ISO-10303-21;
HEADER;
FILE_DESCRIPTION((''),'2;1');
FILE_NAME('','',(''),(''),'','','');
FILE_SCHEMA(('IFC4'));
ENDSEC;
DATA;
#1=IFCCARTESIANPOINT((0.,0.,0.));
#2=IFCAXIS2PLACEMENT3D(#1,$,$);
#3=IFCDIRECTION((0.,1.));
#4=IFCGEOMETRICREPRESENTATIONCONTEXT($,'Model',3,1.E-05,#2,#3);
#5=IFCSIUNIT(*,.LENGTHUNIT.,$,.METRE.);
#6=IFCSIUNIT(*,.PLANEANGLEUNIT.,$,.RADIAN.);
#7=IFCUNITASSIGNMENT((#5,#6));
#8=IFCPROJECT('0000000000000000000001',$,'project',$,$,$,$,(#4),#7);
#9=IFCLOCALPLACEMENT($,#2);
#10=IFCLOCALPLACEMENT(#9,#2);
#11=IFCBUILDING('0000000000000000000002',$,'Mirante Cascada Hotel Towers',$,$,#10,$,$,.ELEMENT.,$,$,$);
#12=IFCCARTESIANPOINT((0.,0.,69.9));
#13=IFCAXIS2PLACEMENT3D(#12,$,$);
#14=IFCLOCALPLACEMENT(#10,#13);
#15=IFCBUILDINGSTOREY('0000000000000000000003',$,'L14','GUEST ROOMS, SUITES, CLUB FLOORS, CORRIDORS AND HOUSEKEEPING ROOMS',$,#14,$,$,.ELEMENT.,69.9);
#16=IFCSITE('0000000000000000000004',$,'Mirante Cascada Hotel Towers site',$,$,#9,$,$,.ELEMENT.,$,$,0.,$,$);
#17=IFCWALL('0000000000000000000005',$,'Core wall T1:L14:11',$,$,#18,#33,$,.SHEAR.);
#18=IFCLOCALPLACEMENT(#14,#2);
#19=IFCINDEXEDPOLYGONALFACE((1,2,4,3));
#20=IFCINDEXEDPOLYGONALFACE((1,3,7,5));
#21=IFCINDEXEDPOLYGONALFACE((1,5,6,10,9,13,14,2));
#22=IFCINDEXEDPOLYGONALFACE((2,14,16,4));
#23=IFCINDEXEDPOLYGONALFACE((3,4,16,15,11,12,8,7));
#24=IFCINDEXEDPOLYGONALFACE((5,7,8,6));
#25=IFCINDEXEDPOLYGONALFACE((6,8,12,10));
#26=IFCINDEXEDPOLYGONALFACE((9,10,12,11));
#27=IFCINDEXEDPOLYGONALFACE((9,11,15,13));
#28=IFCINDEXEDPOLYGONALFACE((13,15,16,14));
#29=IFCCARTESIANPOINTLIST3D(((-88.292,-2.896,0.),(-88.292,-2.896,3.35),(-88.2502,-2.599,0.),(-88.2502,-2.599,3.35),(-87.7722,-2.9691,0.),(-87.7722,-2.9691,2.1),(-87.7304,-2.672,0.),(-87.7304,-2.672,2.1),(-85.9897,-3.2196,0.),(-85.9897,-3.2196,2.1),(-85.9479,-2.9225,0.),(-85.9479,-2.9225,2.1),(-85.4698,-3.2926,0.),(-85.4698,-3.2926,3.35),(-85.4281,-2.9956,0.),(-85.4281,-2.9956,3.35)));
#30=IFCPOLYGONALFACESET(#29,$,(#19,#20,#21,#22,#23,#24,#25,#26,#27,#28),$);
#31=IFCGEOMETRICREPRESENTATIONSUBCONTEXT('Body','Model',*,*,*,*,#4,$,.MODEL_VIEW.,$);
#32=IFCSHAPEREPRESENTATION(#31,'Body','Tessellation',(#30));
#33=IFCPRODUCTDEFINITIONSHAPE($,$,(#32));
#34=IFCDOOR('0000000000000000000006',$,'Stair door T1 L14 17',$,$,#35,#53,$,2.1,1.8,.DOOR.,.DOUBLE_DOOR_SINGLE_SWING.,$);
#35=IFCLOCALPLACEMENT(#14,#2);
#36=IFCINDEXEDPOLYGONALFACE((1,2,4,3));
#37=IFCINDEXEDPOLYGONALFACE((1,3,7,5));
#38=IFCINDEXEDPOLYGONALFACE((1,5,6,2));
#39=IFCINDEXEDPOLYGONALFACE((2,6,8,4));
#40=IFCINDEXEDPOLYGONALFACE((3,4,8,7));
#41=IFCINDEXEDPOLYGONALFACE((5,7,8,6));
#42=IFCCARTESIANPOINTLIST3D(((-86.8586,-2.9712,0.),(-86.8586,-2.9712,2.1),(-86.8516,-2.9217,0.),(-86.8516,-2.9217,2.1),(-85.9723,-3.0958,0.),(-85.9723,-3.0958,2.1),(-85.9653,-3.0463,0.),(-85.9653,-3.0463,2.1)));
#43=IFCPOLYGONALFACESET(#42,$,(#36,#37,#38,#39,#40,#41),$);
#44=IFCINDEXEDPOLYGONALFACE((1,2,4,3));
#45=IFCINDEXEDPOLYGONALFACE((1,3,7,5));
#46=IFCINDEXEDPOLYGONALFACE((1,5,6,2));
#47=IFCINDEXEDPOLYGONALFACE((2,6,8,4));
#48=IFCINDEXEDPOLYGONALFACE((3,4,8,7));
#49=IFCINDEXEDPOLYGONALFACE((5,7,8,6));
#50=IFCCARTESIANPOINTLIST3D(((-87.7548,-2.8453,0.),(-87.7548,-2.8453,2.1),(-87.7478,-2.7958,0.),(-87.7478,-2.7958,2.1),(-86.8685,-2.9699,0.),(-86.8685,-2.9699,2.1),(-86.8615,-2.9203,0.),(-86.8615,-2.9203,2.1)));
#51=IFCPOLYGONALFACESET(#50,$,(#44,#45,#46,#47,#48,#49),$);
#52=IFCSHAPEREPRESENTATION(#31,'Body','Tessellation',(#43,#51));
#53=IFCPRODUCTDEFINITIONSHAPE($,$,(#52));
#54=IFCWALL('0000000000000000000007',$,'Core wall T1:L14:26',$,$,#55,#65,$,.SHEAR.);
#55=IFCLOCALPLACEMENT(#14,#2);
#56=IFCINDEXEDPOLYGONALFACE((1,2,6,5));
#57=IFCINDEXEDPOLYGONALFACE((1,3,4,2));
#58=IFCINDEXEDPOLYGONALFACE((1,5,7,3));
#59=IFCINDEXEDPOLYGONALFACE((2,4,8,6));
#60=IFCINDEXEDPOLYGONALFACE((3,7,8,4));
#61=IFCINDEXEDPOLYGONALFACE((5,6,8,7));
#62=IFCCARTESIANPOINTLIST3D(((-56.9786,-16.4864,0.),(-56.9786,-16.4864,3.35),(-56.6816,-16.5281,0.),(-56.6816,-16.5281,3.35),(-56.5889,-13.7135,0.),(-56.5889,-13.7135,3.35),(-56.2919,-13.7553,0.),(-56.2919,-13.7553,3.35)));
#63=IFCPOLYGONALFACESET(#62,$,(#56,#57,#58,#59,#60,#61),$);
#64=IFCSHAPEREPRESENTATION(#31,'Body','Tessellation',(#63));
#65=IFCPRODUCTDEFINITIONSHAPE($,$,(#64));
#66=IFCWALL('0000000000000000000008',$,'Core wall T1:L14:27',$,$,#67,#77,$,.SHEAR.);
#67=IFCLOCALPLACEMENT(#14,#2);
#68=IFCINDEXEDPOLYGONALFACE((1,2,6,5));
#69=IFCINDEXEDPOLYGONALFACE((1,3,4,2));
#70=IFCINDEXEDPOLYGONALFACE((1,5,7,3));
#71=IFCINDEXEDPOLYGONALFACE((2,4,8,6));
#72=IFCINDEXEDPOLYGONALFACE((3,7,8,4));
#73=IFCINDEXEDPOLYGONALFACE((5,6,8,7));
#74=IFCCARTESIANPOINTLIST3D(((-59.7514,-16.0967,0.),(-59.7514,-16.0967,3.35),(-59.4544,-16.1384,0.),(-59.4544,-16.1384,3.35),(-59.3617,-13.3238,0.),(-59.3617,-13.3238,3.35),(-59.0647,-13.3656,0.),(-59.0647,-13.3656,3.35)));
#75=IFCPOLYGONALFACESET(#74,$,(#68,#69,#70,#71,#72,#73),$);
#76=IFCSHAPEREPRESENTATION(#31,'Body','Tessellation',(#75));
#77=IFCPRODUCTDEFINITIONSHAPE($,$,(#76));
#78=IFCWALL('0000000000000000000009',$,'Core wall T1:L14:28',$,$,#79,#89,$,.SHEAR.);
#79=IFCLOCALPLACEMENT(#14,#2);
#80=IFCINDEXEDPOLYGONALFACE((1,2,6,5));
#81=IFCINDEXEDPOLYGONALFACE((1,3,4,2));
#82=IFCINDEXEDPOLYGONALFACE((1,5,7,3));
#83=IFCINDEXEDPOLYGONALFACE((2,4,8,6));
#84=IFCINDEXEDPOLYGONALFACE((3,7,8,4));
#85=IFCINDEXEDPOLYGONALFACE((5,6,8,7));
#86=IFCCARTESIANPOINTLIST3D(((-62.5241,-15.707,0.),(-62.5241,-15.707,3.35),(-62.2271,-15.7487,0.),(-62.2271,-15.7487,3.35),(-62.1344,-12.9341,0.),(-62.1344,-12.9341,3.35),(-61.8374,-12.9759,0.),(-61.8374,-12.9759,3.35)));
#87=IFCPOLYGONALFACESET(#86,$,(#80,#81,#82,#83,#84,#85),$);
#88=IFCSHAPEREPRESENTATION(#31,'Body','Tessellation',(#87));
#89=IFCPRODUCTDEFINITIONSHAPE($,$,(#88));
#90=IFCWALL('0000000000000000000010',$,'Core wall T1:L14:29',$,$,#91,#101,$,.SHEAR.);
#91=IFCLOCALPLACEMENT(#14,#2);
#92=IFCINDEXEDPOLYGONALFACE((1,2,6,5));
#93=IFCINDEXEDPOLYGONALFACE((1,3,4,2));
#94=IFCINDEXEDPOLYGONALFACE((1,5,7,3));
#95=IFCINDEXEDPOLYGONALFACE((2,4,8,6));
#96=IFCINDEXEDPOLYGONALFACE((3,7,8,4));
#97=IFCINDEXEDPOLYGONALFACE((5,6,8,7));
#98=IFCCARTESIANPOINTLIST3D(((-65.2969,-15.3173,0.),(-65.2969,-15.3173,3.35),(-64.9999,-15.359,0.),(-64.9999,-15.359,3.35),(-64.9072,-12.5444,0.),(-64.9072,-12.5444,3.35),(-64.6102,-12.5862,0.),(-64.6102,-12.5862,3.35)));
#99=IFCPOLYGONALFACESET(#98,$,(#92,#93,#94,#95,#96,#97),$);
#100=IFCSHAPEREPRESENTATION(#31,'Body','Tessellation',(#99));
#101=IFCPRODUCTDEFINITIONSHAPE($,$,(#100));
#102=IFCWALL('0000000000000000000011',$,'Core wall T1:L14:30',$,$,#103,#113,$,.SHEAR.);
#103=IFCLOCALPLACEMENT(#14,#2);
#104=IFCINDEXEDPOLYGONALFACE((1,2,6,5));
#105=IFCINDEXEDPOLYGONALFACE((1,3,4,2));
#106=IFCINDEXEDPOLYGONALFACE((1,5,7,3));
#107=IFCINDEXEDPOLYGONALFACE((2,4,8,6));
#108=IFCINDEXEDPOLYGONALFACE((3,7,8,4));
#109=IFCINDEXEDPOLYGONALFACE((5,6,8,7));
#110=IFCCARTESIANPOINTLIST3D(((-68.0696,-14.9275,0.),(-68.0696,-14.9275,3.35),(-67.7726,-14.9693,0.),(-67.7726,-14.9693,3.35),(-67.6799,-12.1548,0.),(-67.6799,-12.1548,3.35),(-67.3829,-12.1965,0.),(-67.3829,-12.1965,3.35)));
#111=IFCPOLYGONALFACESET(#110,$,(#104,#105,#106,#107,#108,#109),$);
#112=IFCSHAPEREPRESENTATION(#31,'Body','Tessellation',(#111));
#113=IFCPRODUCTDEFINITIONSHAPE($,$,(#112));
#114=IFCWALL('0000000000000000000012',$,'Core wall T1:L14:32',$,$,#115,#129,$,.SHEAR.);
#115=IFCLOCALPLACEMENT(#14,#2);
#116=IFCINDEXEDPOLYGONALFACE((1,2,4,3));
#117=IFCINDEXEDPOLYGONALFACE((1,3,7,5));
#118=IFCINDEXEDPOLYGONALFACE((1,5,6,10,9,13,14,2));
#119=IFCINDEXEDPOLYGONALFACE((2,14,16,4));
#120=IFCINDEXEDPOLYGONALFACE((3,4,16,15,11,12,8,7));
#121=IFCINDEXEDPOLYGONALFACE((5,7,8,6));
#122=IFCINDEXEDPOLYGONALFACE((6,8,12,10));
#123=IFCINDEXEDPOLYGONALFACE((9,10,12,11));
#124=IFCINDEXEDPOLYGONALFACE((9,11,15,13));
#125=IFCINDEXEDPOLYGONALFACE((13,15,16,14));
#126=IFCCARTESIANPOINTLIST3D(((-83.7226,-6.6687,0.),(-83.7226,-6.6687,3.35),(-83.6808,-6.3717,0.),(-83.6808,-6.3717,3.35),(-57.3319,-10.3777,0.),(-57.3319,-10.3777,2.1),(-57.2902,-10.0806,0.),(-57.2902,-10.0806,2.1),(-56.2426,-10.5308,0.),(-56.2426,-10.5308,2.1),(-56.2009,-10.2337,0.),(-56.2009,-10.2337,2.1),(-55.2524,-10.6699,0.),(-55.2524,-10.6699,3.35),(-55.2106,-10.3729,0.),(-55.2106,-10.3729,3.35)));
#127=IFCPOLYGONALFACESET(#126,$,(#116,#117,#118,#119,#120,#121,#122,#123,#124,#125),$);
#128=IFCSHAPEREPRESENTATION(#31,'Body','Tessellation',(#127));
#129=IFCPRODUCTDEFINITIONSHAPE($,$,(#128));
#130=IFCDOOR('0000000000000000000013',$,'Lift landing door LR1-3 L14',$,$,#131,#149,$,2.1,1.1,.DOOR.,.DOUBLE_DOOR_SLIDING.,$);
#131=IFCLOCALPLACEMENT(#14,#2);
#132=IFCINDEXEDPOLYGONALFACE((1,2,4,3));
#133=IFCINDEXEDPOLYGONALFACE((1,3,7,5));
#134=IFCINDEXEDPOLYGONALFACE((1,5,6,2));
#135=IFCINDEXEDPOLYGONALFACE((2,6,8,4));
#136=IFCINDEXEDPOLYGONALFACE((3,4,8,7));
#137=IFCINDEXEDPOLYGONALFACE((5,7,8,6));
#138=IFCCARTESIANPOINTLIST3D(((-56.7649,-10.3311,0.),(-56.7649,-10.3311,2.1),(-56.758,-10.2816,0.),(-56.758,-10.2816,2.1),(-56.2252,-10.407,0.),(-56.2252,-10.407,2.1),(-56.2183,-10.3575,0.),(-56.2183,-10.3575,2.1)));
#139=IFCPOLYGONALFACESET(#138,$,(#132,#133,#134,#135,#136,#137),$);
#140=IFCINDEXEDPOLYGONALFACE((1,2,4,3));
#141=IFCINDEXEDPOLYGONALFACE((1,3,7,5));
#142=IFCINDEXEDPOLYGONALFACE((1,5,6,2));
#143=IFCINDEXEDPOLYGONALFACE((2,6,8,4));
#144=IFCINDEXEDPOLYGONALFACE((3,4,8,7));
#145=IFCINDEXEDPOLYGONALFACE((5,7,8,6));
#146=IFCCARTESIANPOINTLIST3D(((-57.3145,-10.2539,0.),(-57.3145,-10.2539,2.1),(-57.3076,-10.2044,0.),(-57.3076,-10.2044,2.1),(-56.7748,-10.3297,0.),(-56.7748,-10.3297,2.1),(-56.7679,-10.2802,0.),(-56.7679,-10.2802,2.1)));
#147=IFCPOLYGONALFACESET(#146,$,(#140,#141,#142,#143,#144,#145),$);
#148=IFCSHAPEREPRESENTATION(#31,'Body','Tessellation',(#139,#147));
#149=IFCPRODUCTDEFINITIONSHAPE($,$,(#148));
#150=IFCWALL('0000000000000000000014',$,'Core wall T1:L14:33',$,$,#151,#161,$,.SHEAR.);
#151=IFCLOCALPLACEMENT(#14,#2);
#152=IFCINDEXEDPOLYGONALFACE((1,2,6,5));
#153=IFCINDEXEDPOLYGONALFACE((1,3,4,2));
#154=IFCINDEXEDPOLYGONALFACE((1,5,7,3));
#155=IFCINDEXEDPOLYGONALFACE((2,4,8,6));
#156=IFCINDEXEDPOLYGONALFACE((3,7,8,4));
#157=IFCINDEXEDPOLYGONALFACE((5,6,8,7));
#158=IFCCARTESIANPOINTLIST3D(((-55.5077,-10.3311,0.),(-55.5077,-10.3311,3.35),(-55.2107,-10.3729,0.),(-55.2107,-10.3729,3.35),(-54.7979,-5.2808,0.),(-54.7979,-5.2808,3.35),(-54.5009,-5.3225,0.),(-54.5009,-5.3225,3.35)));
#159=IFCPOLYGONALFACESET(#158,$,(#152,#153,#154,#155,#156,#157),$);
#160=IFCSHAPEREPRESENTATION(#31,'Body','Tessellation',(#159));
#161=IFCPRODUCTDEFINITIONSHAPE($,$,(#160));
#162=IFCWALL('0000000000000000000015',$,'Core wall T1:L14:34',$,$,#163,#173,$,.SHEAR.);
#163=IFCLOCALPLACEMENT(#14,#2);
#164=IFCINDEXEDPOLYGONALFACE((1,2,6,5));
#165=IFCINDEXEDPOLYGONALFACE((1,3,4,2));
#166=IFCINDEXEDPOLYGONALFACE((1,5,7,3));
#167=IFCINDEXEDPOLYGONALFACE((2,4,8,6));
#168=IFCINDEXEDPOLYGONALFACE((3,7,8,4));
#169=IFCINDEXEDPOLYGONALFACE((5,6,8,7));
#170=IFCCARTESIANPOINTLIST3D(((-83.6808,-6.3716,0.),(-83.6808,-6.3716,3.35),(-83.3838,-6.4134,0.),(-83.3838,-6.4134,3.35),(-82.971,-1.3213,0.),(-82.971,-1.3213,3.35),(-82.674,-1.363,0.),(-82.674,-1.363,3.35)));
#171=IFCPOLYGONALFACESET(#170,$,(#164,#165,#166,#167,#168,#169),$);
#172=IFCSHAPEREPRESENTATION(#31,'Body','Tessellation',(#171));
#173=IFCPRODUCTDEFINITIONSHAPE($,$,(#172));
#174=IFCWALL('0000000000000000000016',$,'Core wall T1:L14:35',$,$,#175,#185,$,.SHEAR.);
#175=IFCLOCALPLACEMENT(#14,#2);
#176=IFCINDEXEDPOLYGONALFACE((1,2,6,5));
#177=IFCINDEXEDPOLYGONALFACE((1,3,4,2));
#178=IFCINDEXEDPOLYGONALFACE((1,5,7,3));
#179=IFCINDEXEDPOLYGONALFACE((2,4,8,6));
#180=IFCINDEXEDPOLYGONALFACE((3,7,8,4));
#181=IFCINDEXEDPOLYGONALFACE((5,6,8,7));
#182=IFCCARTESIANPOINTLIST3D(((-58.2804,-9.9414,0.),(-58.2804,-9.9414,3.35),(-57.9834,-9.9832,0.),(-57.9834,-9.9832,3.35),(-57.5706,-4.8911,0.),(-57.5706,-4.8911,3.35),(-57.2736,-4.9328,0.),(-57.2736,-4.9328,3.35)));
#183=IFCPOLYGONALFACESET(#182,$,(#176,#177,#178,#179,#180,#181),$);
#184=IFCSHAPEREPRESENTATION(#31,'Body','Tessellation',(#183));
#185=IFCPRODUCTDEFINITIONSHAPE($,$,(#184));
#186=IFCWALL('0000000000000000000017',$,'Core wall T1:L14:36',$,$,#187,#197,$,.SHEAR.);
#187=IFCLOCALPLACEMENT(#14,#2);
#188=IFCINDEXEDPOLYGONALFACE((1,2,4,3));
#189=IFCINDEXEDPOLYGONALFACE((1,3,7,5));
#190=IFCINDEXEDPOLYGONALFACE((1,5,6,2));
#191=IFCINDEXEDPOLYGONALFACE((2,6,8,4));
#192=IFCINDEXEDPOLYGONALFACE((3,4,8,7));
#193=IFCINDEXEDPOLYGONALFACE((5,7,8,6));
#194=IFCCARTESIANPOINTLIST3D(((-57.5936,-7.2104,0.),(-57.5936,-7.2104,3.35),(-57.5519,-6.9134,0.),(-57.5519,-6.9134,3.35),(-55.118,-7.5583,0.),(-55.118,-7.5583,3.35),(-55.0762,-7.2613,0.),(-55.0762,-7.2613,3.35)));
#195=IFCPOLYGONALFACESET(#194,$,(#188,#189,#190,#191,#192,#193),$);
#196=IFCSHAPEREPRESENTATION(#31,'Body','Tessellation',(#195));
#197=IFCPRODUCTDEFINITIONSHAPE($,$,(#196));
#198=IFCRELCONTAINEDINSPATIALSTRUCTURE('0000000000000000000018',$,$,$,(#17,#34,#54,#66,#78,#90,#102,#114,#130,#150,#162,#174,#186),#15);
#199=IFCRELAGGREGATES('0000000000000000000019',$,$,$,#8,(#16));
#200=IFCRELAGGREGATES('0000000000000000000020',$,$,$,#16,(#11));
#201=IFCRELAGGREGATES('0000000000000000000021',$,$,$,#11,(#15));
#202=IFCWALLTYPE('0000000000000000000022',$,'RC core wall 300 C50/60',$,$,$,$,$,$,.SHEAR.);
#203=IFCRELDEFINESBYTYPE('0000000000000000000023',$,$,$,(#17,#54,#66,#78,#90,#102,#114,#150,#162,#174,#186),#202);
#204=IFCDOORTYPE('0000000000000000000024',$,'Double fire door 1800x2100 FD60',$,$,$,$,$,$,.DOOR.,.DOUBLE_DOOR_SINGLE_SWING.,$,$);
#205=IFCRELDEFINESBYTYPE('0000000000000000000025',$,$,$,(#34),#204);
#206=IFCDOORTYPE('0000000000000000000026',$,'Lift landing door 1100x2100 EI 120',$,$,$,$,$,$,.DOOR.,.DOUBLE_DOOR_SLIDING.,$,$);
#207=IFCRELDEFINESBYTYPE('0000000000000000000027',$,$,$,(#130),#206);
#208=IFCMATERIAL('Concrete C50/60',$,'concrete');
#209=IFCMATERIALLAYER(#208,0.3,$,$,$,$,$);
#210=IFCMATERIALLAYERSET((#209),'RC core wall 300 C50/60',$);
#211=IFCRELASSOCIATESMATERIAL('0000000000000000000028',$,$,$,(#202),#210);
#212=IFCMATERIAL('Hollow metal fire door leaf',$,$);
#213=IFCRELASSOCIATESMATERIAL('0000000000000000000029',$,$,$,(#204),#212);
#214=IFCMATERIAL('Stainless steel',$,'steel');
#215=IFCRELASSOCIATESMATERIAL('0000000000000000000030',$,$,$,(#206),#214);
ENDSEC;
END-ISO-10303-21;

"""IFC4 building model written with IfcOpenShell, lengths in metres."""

from ifc_helpers import new_model, si_unit, direction, frame, frame_2d, origin, place, context, subcontext, project, spatial, rectangle, extrude, material, layer, layer_set, type_object, element, fill, save


model = new_model("IFC4")

# Units and contexts
model_context = context("Model", 3, precision=1e-05, world=origin(), true_north=direction((0.0, 1.0)))
body_context = subcontext(model_context, "Body", "Model", "MODEL_VIEW")
ifc_project = project(units=[si_unit("LENGTHUNIT", "METRE"), si_unit("PLANEANGLEUNIT", "RADIAN")], contexts=[model_context])

# Site, building, storey
site_placement = place(None, origin())
site = spatial("IfcSite", under=ifc_project, at=site_placement, Name="Mirante Cascada Hotel Towers site", CompositionType="ELEMENT", RefElevation=0.0)
building_placement = place(site_placement, origin())
building = spatial("IfcBuilding", under=site, at=building_placement, Name="Mirante Cascada Hotel Towers", CompositionType="ELEMENT")
storey_placement = place(building_placement, frame((0.0, 0.0, 69.9)))
storey = spatial("IfcBuildingStorey", under=building, at=storey_placement, Name="L14", Description="GUEST ROOMS, SUITES, CLUB FLOORS, CORRIDORS AND HOUSEKEEPING ROOMS", CompositionType="ELEMENT", Elevation=69.9)

# Wall, opening, door
ifc_material_1 = material(Name="Concrete C50/60", Category="concrete")
ifc_layer_1 = layer(ifc_material_1, 0.3)
ifc_layer_set_1 = layer_set([ifc_layer_1], Name="RC core wall 300 C50/60")
wall_type_1 = type_object("IfcWallType", Name="RC core wall 300 C50/60", PredefinedType="SHEAR", material=ifc_layer_set_1)
wall_1_placement = place(storey_placement, frame((-85.4489, -3.1441, 0.0), z_axis=(0.0, 0.0, 1.0), x_axis=(-0.99027, 0.139161, 0.0)))
wall_1 = element("IfcWall", 1, at=wall_1_placement, inside=storey, type_object=wall_type_1, Name="Core wall T1:L14:11", PredefinedType="SHEAR", context=body_context, shape_type="SweptSolid", body=[
    extrude(rectangle(XDim=2.8499, YDim=0.3, at=frame_2d((1.425, 0.0))), origin(), (0.0, 0.0, 1.0), 3.35),
])
opening_1_placement = place(wall_1_placement, frame((0.525, 0.0, 0.0)))
opening_1 = element("IfcOpeningElement", 2, at=opening_1_placement, cuts=wall_1, PredefinedType="OPENING", context=body_context, shape_type="SweptSolid", body=[
    extrude(rectangle(XDim=1.8, YDim=2.1, at=frame_2d((0.9, 1.05))), frame((0.0, 0.15, 0.0), z_axis=(0.0, -1.0, 0.0), x_axis=(1.0, 0.0, 0.0)), (0.0, 0.0, 1.0), 0.3),
])
ifc_material_2 = material(Name="Hollow metal fire door leaf")
door_type_1 = type_object("IfcDoorType", Name="Double fire door 1800x2100 FD60", OperationType="DOUBLE_DOOR_SINGLE_SWING", PredefinedType="DOOR", material=ifc_material_2)
door_1_placement = place(opening_1_placement, origin())
door_1 = element("IfcDoor", 3, at=door_1_placement, inside=storey, type_object=door_type_1, Name="Stair door T1 L14 17", OperationType="DOUBLE_DOOR_SINGLE_SWING", OverallHeight=2.1, OverallWidth=1.8, PredefinedType="DOOR", context=body_context, shape_type="SweptSolid", body=[
    extrude(rectangle(XDim=0.895, YDim=2.1, at=frame_2d((0.4475, 1.05))), frame((0.0, 0.025, 0.0), z_axis=(0.0, -1.0, 0.0), x_axis=(1.0, 0.0, 0.0)), (0.0, 0.0, 1.0), 0.05),
    extrude(rectangle(XDim=0.895, YDim=2.1, at=frame_2d((1.3525, 1.05))), frame((0.0, 0.025, 0.0), z_axis=(0.0, -1.0, 0.0), x_axis=(1.0, 0.0, 0.0)), (0.0, 0.0, 1.0), 0.05),
])
fill(opening_1, door_1)

# Walls
for number, where, z_axis, x_axis, name in (
    (4, (-56.8301, -16.5072, 0.0), (0.0, 0.0, 1.0), (0.139176, 0.990268, 0.0), "Core wall T1:L14:26"),
    (5, (-59.6029, -16.1175, 0.0), (0.0, 0.0, 1.0), (0.139176, 0.990268, 0.0), "Core wall T1:L14:27"),
    (6, (-62.3756, -15.7278, 0.0), (0.0, 0.0, 1.0), (0.139176, 0.990268, 0.0), "Core wall T1:L14:28"),
    (7, (-65.1484, -15.3381, 0.0), (0.0, 0.0, 1.0), (0.139176, 0.990268, 0.0), "Core wall T1:L14:29"),
):
    element("IfcWall", number, at=place(storey_placement, frame(where, z_axis=z_axis, x_axis=x_axis)), inside=storey, type_object=wall_type_1, Name=name, PredefinedType="SHEAR", context=body_context, shape_type="SweptSolid", body=[
        extrude(rectangle(XDim=2.8001, YDim=0.3, at=frame_2d((1.4, 0.0))), origin(), (0.0, 0.0, 1.0), 3.35),
    ])
wall_2_placement = place(storey_placement, frame((-67.9211, -14.9484, 0.0), z_axis=(0.0, 0.0, 1.0), x_axis=(0.139181, 0.990267, 0.0)))
element("IfcWall", 8, at=wall_2_placement, inside=storey, type_object=wall_type_1, Name="Core wall T1:L14:30", PredefinedType="SHEAR", context=body_context, shape_type="SweptSolid", body=[
    extrude(rectangle(XDim=2.8, YDim=0.3, at=frame_2d((1.4, 0.0))), origin(), (0.0, 0.0, 1.0), 3.35),
])

# Wall, opening, door
wall_3_placement = place(storey_placement, frame((-55.2315, -10.5214, 0.0), z_axis=(0.0, 0.0, 1.0), x_axis=(-0.990268, 0.139172, 0.0)))
wall_3 = element("IfcWall", 9, at=wall_3_placement, inside=storey, type_object=wall_type_1, Name="Core wall T1:L14:32", PredefinedType="SHEAR", context=body_context, shape_type="SweptSolid", body=[
    extrude(rectangle(XDim=28.75, YDim=0.3, at=frame_2d((14.375, 0.0))), origin(), (0.0, 0.0, 1.0), 3.35),
])
opening_2_placement = place(wall_3_placement, frame((1.0, 0.0, 0.0)))
opening_2 = element("IfcOpeningElement", 10, at=opening_2_placement, cuts=wall_3, PredefinedType="OPENING", context=body_context, shape_type="SweptSolid", body=[
    extrude(rectangle(XDim=1.1, YDim=2.1, at=frame_2d((0.55, 1.05))), frame((0.0, 0.15, 0.0), z_axis=(0.0, -1.0, 0.0), x_axis=(1.0, 0.0, 0.0)), (0.0, 0.0, 1.0), 0.3),
])
ifc_material_3 = material(Name="Stainless steel", Category="steel")
door_type_2 = type_object("IfcDoorType", Name="Lift landing door 1100x2100 EI 120", OperationType="DOUBLE_DOOR_SLIDING", PredefinedType="DOOR", material=ifc_material_3)
door_2_placement = place(opening_2_placement, origin())
door_2 = element("IfcDoor", 11, at=door_2_placement, inside=storey, type_object=door_type_2, Name="Lift landing door LR1-3 L14", OperationType="DOUBLE_DOOR_SLIDING", OverallHeight=2.1, OverallWidth=1.1, PredefinedType="DOOR", context=body_context, shape_type="SweptSolid", body=[
    extrude(rectangle(XDim=0.545, YDim=2.1, at=frame_2d((0.2725, 1.05))), frame((0.0, 0.025, 0.0), z_axis=(0.0, -1.0, 0.0), x_axis=(1.0, 0.0, 0.0)), (0.0, 0.0, 1.0), 0.05),
    extrude(rectangle(XDim=0.545, YDim=2.1, at=frame_2d((0.8275, 1.05))), frame((0.0, 0.025, 0.0), z_axis=(0.0, -1.0, 0.0), x_axis=(1.0, 0.0, 0.0)), (0.0, 0.0, 1.0), 0.05),
])
fill(opening_2, door_2)

# Walls
for number, where, z_axis, x_axis, name in (
    (12, (-55.3592, -10.352, 0.0), (0.0, 0.0, 1.0), (0.139176, 0.990268, 0.0), "Core wall T1:L14:33"),
    (13, (-83.5323, -6.3925, 0.0), (0.0, 0.0, 1.0), (0.139176, 0.990268, 0.0), "Core wall T1:L14:34"),
    (14, (-58.1319, -9.9623, 0.0), (0.0, 0.0, 1.0), (0.139176, 0.990268, 0.0), "Core wall T1:L14:35"),
):
    element("IfcWall", number, at=place(storey_placement, frame(where, z_axis=z_axis, x_axis=x_axis)), inside=storey, type_object=wall_type_1, Name=name, PredefinedType="SHEAR", context=body_context, shape_type="SweptSolid", body=[
        extrude(rectangle(XDim=5.1, YDim=0.3, at=frame_2d((2.55, 0.0))), origin(), (0.0, 0.0, 1.0), 3.35),
    ])
wall_4_placement = place(storey_placement, frame((-55.0971, -7.4098, 0.0), z_axis=(0.0, 0.0, 1.0), x_axis=(-0.99027, 0.139159, 0.0)))
element("IfcWall", 15, at=wall_4_placement, inside=storey, type_object=wall_type_1, Name="Core wall T1:L14:36", PredefinedType="SHEAR", context=body_context, shape_type="SweptSolid", body=[
    extrude(rectangle(XDim=2.5, YDim=0.3, at=frame_2d((1.25, 0.0))), origin(), (0.0, 0.0, 1.0), 3.35),
])

save(model, "model.ifc")
